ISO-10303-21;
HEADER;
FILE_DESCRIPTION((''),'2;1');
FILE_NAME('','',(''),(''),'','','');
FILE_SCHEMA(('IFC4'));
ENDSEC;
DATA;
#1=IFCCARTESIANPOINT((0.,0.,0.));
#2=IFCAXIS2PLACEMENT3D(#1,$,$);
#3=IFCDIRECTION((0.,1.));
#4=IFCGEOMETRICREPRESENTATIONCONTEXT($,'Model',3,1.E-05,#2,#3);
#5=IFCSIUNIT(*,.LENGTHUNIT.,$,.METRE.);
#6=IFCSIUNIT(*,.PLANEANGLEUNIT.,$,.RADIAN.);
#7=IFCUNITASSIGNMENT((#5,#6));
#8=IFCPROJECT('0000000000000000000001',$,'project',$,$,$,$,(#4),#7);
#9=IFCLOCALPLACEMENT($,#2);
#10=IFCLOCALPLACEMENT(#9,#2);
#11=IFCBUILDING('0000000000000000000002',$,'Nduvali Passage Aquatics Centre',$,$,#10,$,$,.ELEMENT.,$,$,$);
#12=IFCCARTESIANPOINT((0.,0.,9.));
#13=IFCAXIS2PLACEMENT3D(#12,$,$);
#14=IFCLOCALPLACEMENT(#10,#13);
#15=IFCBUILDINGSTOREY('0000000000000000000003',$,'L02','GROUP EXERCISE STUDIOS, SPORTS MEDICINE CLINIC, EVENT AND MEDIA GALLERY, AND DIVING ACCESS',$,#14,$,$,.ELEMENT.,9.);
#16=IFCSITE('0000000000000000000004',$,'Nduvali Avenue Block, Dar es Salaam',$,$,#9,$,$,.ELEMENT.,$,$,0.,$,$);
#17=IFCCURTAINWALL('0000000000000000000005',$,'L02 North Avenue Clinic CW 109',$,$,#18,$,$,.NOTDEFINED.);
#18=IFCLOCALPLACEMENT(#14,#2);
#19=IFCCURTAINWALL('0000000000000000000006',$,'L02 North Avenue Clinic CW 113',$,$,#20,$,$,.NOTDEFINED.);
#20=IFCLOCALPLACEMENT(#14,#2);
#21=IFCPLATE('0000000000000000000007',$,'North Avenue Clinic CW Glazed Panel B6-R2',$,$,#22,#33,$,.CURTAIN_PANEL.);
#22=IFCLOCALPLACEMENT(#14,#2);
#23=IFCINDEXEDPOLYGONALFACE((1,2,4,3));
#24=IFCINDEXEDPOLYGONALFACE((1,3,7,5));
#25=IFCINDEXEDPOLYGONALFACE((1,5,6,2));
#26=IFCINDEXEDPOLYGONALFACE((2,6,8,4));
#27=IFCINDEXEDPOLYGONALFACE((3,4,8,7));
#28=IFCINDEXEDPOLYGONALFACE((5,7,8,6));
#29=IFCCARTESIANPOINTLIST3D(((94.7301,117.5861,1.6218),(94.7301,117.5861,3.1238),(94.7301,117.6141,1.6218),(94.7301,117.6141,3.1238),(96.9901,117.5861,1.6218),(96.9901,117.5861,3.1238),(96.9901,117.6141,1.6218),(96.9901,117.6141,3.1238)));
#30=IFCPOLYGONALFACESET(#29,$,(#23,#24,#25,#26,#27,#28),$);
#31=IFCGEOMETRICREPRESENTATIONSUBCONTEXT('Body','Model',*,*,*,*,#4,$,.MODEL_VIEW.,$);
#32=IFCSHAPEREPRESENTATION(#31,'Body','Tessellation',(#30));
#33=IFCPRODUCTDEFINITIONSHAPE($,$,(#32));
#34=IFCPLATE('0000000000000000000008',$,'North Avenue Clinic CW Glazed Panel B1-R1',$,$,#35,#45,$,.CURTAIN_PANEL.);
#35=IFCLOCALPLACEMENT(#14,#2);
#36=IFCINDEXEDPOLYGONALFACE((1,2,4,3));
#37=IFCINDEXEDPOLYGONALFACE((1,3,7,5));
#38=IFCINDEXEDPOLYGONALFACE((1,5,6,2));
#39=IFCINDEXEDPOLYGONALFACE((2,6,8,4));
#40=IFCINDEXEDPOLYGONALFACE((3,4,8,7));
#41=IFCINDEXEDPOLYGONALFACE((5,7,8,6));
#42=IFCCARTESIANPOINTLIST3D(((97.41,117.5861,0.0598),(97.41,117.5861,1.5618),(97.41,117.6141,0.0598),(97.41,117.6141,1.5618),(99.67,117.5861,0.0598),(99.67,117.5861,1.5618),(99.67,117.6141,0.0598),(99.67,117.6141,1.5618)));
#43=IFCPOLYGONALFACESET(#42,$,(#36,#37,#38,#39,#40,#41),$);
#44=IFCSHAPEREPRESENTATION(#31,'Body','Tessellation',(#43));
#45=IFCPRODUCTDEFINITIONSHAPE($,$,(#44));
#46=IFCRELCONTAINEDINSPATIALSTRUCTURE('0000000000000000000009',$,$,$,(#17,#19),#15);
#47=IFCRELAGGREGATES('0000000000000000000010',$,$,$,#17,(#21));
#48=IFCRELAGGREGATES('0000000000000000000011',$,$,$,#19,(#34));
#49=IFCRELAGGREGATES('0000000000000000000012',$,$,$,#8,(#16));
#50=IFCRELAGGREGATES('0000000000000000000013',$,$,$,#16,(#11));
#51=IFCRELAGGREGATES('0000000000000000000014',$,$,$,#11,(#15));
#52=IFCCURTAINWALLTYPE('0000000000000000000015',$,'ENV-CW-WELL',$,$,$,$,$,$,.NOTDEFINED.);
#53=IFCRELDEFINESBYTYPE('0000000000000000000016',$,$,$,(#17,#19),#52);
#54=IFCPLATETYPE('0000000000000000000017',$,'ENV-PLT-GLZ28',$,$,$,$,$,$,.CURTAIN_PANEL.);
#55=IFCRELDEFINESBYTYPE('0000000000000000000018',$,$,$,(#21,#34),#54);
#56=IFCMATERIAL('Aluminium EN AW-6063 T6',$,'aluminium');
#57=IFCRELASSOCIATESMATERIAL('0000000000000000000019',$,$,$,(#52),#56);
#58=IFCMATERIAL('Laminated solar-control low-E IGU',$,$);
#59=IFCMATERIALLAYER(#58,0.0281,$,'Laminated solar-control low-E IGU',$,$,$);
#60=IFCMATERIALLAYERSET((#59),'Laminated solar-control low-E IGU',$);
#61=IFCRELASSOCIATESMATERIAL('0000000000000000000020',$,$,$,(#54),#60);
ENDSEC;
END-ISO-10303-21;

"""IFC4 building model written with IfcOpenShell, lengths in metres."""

from ifc_helpers import new_model, si_unit, direction, frame, origin, origin_2d, place, context, subcontext, project, spatial, rectangle, extrude, material, layer, layer_set, type_object, element, aggregate, save


model = new_model("IFC4")

# Units and contexts
model_context = context("Model", 3, precision=1e-05, world=origin(), true_north=direction((0.0, 1.0)))
body_context = subcontext(model_context, "Body", "Model", "MODEL_VIEW")
ifc_project = project(units=[si_unit("LENGTHUNIT", "METRE"), si_unit("PLANEANGLEUNIT", "RADIAN")], contexts=[model_context])

# Site, building, storey
site_placement = place(None, origin())
site = spatial("IfcSite", under=ifc_project, at=site_placement, Name="Nduvali Avenue Block, Dar es Salaam", CompositionType="ELEMENT", RefElevation=0.0)
building_placement = place(site_placement, origin())
building = spatial("IfcBuilding", under=site, at=building_placement, Name="Nduvali Passage Aquatics Centre", CompositionType="ELEMENT")
storey_placement = place(building_placement, frame((0.0, 0.0, 9.0)))
storey = spatial("IfcBuildingStorey", under=building, at=storey_placement, Name="L02", Description="GROUP EXERCISE STUDIOS, SPORTS MEDICINE CLINIC, EVENT AND MEDIA GALLERY, AND DIVING ACCESS", CompositionType="ELEMENT", Elevation=9.0)

# Curtain wall
ifc_material_1 = material(Name="Aluminium EN AW-6063 T6", Category="aluminium")
curtain_wall_type = type_object("IfcCurtainWallType", Name="ENV-CW-WELL", PredefinedType="NOTDEFINED", material=ifc_material_1)
curtain_wall_1_placement = place(storey_placement, origin())
curtain_wall_1 = element("IfcCurtainWall", 1, at=curtain_wall_1_placement, inside=storey, type_object=curtain_wall_type, Name="L02 North Avenue Clinic CW 109", PredefinedType="NOTDEFINED")

# Curtain wall
curtain_wall_2_placement = place(storey_placement, origin())
curtain_wall_2 = element("IfcCurtainWall", 2, at=curtain_wall_2_placement, inside=storey, type_object=curtain_wall_type, Name="L02 North Avenue Clinic CW 113", PredefinedType="NOTDEFINED")

# Plates
ifc_material_2 = material(Name="Laminated solar-control low-E IGU")
ifc_layer = layer(ifc_material_2, 0.0281, Name="Laminated solar-control low-E IGU")
ifc_layer_set = layer_set([ifc_layer], Name="Laminated solar-control low-E IGU")
plate_type = type_object("IfcPlateType", Name="ENV-PLT-GLZ28", PredefinedType="CURTAIN_PANEL", material=ifc_layer_set)
plate_1_placement = place(storey_placement, frame((95.8601, 117.6001, 1.6218), z_axis=(0.0, 0.0, 1.0), x_axis=(1.0, 0.0, 0.0)))
plate_1 = element("IfcPlate", 3, at=plate_1_placement, type_object=plate_type, Name="North Avenue Clinic CW Glazed Panel B6-R2", PredefinedType="CURTAIN_PANEL", context=body_context, shape_type="SweptSolid", body=[
    extrude(rectangle(XDim=2.26, YDim=0.0281, at=origin_2d()), origin(), (0.0, 0.0, 1.0), 1.502),
])
aggregate(curtain_wall_1, [plate_1])
plate_2_placement = place(storey_placement, frame((98.54, 117.6001, 0.0598), z_axis=(0.0, 0.0, 1.0), x_axis=(1.0, 0.0, 0.0)))
plate_2 = element("IfcPlate", 4, at=plate_2_placement, type_object=plate_type, Name="North Avenue Clinic CW Glazed Panel B1-R1", PredefinedType="CURTAIN_PANEL", context=body_context, shape_type="SweptSolid", body=[
    extrude(rectangle(XDim=2.26, YDim=0.0281, at=origin_2d()), origin(), (0.0, 0.0, 1.0), 1.502),
])
aggregate(curtain_wall_2, [plate_2])

save(model, "model.ifc")
